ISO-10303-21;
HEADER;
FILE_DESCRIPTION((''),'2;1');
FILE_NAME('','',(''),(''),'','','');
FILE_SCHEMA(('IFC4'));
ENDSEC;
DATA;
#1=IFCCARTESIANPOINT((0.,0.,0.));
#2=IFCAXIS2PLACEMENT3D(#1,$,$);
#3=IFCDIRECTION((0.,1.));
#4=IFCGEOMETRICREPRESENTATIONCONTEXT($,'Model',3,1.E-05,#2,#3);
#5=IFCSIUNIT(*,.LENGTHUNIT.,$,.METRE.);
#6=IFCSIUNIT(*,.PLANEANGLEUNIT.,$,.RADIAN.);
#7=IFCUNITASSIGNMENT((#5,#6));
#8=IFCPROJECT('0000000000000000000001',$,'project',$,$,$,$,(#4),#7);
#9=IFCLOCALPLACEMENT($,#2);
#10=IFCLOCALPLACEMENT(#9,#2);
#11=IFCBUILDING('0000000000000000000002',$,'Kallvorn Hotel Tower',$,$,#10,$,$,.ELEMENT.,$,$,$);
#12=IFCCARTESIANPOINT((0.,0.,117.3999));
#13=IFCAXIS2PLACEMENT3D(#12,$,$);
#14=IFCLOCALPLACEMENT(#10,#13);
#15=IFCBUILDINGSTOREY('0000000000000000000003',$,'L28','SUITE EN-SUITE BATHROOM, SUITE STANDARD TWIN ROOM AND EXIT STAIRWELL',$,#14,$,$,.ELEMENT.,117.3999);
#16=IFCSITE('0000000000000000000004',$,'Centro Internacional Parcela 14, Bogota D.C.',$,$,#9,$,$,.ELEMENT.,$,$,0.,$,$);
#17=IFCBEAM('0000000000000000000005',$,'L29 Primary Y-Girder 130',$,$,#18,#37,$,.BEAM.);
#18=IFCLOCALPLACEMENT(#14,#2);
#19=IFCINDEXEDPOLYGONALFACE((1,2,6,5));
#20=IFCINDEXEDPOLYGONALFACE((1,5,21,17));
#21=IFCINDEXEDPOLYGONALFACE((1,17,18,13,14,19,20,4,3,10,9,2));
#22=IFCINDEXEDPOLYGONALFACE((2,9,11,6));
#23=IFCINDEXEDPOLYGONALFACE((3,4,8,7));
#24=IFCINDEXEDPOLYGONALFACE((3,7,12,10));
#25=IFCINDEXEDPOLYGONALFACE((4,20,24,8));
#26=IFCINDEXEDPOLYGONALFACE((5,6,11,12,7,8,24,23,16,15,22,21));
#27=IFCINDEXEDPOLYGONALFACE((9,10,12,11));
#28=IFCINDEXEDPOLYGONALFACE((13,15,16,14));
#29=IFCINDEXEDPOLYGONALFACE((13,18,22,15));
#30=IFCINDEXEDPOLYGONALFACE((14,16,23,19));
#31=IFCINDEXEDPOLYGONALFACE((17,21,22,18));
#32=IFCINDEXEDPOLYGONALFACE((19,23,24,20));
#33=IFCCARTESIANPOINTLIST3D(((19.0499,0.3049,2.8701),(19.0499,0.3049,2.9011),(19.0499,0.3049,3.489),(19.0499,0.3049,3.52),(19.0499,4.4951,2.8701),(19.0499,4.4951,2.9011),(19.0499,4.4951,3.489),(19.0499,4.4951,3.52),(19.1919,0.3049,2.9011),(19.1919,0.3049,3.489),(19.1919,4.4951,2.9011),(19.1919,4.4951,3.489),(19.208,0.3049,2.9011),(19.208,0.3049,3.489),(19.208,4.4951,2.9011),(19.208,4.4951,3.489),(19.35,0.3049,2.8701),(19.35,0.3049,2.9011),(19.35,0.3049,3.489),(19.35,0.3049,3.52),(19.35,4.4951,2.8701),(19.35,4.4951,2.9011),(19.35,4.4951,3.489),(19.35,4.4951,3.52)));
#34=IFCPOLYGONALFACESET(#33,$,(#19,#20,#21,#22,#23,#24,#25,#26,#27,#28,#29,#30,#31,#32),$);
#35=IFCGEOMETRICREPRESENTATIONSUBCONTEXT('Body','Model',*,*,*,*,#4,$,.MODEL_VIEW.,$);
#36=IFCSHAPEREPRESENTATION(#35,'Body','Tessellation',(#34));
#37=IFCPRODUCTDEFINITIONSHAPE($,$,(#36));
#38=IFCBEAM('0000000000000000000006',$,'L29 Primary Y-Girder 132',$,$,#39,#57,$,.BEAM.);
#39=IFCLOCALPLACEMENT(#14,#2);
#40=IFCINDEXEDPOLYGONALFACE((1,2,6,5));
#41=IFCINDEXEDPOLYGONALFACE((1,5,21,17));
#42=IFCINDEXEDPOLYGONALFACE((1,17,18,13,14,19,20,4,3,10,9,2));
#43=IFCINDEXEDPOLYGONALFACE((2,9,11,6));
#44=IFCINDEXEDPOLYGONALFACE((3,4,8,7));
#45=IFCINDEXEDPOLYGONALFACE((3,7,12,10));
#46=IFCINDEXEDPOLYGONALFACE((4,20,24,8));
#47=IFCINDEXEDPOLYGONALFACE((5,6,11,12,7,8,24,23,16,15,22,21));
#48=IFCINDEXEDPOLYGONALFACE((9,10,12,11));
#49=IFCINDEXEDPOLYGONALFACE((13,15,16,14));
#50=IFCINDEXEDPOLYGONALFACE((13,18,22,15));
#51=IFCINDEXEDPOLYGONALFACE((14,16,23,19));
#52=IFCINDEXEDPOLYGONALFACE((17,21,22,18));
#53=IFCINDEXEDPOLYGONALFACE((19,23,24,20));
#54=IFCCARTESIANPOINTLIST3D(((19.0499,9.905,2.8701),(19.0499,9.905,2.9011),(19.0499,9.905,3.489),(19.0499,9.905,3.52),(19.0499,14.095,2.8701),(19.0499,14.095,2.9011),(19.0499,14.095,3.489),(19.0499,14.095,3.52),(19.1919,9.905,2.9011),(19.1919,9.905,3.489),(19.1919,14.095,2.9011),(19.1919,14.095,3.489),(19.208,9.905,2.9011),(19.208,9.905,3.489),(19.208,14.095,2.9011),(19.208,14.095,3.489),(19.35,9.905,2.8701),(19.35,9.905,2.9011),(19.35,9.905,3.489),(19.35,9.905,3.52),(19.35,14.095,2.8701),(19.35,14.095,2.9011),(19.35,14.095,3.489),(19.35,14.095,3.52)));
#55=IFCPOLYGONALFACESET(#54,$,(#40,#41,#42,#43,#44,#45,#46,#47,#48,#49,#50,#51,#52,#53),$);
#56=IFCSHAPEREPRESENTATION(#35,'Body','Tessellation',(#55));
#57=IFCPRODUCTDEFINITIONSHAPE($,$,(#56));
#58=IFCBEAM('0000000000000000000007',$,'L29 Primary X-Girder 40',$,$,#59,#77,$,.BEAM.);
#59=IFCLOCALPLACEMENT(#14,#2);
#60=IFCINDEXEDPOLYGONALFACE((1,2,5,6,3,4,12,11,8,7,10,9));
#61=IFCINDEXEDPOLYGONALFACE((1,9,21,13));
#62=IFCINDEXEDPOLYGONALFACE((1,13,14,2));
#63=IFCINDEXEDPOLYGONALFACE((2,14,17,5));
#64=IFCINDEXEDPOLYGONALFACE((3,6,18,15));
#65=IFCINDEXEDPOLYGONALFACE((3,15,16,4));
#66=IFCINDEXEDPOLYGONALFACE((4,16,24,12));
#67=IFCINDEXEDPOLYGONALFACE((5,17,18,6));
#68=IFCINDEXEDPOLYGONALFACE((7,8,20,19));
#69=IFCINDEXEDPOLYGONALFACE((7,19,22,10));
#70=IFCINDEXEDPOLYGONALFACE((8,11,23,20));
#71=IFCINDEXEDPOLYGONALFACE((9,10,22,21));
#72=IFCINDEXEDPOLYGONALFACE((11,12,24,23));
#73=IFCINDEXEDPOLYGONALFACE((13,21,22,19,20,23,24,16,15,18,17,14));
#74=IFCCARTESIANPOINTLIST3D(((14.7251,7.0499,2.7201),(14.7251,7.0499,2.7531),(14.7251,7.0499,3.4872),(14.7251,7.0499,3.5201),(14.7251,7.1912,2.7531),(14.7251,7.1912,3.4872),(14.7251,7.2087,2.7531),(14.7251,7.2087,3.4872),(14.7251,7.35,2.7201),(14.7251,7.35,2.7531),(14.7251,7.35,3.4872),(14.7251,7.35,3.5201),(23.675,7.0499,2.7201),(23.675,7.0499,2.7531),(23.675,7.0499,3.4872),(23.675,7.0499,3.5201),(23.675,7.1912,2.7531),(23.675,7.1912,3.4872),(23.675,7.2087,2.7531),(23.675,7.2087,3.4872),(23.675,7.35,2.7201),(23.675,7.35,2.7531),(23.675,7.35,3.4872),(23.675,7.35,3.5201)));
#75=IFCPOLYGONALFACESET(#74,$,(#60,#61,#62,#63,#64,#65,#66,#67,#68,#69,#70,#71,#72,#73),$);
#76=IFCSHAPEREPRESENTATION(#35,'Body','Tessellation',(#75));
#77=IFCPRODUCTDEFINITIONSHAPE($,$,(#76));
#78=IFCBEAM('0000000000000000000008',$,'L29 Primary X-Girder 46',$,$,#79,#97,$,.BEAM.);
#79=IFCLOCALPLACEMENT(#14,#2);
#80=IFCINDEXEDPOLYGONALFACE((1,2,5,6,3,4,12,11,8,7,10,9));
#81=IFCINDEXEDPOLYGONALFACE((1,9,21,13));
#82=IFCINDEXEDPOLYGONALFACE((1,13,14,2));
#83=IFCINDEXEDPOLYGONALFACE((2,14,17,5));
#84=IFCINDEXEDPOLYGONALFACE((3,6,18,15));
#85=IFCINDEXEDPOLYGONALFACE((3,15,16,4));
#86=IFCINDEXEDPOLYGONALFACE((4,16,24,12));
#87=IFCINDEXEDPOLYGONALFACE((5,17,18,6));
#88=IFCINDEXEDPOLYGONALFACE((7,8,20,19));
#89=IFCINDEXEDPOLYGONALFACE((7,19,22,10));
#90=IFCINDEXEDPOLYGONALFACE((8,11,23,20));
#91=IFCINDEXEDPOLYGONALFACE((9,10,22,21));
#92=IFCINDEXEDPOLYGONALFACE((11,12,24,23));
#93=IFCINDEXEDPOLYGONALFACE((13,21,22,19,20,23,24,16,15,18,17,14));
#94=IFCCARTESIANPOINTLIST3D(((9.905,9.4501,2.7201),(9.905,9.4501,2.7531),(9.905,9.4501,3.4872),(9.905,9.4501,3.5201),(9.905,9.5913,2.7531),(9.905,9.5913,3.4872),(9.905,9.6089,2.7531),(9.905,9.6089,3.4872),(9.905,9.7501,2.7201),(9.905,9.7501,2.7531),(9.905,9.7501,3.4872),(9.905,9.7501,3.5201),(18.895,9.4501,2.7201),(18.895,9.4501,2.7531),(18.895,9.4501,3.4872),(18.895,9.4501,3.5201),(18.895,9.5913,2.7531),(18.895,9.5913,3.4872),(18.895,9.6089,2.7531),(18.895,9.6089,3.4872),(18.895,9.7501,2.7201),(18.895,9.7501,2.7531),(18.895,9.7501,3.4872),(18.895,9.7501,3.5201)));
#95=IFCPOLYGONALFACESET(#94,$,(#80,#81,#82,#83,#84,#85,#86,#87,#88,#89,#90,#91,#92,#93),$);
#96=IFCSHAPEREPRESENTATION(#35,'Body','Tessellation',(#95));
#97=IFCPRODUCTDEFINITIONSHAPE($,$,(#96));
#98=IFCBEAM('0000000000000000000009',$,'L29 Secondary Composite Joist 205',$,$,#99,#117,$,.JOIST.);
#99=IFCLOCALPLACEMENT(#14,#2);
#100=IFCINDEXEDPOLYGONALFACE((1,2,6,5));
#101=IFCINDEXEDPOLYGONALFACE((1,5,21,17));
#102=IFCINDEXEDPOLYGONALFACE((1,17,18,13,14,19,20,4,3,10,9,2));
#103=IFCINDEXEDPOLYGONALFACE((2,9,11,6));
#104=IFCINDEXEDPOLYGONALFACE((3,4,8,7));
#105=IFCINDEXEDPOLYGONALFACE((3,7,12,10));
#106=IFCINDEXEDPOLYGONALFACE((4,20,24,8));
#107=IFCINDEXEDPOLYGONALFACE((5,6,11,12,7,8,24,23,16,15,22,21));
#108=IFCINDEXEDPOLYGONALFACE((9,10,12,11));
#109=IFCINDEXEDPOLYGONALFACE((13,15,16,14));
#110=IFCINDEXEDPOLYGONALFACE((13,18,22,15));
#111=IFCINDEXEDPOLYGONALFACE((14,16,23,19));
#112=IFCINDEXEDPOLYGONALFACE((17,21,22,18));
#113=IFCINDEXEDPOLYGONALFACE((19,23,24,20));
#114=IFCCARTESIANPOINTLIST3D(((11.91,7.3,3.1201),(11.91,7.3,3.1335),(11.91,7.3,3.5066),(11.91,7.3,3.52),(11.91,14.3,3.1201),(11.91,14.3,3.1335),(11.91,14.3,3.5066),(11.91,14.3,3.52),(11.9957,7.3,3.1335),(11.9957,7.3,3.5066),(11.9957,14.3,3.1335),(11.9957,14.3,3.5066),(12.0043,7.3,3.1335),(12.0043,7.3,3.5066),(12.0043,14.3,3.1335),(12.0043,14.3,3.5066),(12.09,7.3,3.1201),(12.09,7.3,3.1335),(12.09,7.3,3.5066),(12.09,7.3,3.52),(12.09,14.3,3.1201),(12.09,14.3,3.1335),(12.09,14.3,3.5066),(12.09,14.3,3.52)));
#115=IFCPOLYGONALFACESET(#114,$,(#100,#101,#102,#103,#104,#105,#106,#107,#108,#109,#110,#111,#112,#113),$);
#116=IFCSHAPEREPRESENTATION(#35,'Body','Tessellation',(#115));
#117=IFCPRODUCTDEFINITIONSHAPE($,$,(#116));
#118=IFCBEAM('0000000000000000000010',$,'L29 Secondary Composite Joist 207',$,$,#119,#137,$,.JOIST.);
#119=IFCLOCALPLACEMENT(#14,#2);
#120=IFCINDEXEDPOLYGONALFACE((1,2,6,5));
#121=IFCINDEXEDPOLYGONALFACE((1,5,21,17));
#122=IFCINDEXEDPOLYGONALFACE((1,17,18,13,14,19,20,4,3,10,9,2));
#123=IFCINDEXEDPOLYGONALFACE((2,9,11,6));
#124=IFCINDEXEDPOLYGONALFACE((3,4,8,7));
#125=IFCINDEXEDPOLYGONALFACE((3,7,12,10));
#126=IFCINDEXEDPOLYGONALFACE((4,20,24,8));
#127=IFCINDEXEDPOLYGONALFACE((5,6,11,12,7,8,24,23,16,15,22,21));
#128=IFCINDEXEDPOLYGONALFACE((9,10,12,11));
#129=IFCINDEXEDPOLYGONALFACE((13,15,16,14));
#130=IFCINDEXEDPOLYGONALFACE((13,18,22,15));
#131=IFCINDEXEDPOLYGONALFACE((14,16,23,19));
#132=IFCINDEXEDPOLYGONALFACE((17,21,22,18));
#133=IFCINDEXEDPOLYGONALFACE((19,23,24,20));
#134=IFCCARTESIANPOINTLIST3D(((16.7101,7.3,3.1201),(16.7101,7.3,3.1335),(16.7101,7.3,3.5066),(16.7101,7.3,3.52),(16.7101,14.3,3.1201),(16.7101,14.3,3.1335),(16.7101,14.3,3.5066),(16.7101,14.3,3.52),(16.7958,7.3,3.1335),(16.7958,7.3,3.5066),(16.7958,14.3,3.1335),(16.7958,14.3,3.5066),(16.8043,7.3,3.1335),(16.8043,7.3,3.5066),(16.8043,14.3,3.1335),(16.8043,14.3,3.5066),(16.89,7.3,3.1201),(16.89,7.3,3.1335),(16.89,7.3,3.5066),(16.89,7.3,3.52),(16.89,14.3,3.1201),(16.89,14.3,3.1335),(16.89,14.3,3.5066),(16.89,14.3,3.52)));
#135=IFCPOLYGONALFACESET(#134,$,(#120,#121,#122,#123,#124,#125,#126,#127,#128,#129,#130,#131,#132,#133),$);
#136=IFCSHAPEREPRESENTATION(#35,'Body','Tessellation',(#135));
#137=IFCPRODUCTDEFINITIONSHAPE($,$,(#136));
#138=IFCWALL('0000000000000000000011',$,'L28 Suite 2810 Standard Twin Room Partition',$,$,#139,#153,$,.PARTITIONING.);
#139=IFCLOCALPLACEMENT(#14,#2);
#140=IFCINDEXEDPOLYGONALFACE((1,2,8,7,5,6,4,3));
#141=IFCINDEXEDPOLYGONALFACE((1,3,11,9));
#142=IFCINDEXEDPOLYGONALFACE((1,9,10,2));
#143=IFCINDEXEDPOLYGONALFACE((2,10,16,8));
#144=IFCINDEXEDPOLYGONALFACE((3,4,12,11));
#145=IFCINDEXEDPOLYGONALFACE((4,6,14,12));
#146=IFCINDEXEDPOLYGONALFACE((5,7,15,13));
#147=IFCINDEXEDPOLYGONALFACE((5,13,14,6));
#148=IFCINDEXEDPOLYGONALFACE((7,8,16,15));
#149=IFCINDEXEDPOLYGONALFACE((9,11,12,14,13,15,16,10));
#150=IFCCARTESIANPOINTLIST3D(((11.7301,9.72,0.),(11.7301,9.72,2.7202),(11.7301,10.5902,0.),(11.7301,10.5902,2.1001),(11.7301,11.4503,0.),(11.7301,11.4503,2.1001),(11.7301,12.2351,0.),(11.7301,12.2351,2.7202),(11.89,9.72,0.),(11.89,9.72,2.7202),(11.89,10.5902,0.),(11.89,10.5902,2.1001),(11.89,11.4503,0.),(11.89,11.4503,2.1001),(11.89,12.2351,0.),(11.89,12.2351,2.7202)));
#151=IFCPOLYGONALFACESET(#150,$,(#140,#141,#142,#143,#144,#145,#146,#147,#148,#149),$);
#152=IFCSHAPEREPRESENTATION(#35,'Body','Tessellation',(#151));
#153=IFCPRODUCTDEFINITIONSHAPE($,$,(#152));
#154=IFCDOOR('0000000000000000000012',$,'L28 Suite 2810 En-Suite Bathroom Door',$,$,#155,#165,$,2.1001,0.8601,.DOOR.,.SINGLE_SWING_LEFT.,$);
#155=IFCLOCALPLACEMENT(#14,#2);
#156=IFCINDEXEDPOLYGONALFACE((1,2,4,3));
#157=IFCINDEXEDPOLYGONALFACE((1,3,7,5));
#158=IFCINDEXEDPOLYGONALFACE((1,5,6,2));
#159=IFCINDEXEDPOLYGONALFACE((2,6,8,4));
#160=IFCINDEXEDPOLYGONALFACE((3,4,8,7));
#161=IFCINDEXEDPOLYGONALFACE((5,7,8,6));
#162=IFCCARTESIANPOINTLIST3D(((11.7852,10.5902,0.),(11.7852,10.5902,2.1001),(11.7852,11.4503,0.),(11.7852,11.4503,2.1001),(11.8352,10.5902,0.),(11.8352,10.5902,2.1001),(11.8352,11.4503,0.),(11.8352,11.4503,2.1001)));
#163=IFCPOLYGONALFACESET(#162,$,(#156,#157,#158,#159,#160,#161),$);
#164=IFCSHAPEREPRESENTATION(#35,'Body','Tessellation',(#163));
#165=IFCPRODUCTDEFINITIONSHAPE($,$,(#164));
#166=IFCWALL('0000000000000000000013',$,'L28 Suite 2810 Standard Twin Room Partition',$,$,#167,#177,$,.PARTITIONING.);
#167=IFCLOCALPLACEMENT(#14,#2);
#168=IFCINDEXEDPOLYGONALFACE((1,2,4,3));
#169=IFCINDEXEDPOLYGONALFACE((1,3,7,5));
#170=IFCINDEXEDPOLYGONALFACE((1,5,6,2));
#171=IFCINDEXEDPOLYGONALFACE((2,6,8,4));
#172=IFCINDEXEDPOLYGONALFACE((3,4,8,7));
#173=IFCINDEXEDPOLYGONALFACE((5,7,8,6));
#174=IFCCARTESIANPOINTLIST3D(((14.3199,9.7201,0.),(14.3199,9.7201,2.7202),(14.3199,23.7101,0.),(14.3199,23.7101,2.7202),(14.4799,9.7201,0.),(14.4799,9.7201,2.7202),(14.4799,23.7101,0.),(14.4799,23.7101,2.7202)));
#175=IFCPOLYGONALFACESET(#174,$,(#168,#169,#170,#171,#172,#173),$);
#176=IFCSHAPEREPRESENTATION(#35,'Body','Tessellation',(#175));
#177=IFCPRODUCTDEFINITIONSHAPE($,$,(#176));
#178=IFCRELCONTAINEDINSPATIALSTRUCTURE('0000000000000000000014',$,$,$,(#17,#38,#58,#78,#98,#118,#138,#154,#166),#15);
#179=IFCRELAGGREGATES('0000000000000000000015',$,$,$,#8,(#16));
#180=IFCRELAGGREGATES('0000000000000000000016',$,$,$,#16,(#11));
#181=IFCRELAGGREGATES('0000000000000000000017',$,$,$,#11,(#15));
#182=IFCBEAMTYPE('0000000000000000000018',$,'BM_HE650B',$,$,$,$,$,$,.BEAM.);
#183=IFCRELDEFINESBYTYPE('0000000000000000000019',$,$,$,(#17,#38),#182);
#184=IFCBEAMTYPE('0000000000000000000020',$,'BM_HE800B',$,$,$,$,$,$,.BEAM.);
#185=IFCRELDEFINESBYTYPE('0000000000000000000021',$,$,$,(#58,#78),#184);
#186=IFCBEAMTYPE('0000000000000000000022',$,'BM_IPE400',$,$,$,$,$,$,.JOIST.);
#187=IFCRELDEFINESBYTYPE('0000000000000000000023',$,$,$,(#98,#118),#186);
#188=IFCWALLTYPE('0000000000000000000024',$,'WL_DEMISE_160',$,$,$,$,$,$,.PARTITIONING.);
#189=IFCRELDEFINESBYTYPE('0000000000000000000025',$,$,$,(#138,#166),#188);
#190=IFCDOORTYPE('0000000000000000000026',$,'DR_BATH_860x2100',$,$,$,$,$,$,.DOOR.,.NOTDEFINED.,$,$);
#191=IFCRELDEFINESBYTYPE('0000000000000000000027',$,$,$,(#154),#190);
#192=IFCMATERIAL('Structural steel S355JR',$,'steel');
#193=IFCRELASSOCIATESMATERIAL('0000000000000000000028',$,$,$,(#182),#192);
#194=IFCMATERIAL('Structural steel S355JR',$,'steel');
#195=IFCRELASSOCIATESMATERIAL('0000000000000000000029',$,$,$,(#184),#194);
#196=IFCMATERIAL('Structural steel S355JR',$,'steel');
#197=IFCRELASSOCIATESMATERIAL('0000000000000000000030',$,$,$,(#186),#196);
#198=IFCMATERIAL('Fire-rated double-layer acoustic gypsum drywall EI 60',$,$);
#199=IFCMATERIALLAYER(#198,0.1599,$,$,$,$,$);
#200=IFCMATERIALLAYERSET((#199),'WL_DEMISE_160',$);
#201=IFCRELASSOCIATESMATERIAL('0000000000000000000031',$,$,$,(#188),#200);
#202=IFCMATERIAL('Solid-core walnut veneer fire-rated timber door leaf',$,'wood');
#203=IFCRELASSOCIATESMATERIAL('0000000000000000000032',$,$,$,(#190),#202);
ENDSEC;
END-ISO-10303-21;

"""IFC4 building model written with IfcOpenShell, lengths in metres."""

from ifc_helpers import new_model, si_unit, direction, frame, frame_2d, origin, origin_2d, place, context, subcontext, project, spatial, rectangle, i_section, extrude, material, layer, layer_set, material_profile, profile_set, type_object, element, fill, save


model = new_model("IFC4")

# Units and contexts
model_context = context("Model", 3, precision=1e-05, world=origin(), true_north=direction((0.0, 1.0)))
body_context = subcontext(model_context, "Body", "Model", "MODEL_VIEW")
ifc_project = project(units=[si_unit("LENGTHUNIT", "METRE"), si_unit("PLANEANGLEUNIT", "RADIAN")], contexts=[model_context])

# Site, building, storey
site_placement = place(None, origin())
site = spatial("IfcSite", under=ifc_project, at=site_placement, Name="Centro Internacional Parcela 14, Bogota D.C.", CompositionType="ELEMENT", RefElevation=0.0)
building_placement = place(site_placement, origin())
building = spatial("IfcBuilding", under=site, at=building_placement, Name="Kallvorn Hotel Tower", CompositionType="ELEMENT")
storey_placement = place(building_placement, frame((0.0, 0.0, 117.3999)))
storey = spatial("IfcBuildingStorey", under=building, at=storey_placement, Name="L28", Description="SUITE EN-SUITE BATHROOM, SUITE STANDARD TWIN ROOM AND EXIT STAIRWELL", CompositionType="ELEMENT", Elevation=117.3999)

# Beams
ifc_material_1 = material(Name="Structural steel S355JR", Category="steel")
ifc_material_profile_1 = material_profile(ifc_material_1, i_section(OverallWidth=0.3, OverallDepth=0.6499, WebThickness=0.0161, FlangeThickness=0.031, at=origin_2d()), Name="HE 650 B")
ifc_profile_set_1 = profile_set([ifc_material_profile_1], Name="Structural steel S355JR")
beam_type_1 = type_object("IfcBeamType", Name="BM_HE650B", PredefinedType="BEAM", material=ifc_profile_set_1)
beam_1_placement = place(storey_placement, frame((19.2, 0.3049, 3.1951), z_axis=(0.0, 1.0, 0.0), x_axis=(-1.0, 0.0, 0.0)))
element("IfcBeam", 1, at=beam_1_placement, inside=storey, type_object=beam_type_1, Name="L29 Primary Y-Girder 130", PredefinedType="BEAM", context=body_context, shape_type="SweptSolid", body=[
    extrude(i_section(OverallWidth=0.3, OverallDepth=0.6499, WebThickness=0.0161, FlangeThickness=0.031, at=origin_2d()), origin(), (0.0, 0.0, 1.0), 4.1902),
])
beam_2_placement = place(storey_placement, frame((19.2, 9.905, 3.1951), z_axis=(0.0, 1.0, 0.0), x_axis=(-1.0, 0.0, 0.0)))
element("IfcBeam", 2, at=beam_2_placement, inside=storey, type_object=beam_type_1, Name="L29 Primary Y-Girder 132", PredefinedType="BEAM", context=body_context, shape_type="SweptSolid", body=[
    extrude(i_section(OverallWidth=0.3, OverallDepth=0.6499, WebThickness=0.0161, FlangeThickness=0.031, at=origin_2d()), origin(), (0.0, 0.0, 1.0), 4.1899),
])
ifc_material_2 = material(Name="Structural steel S355JR", Category="steel")
ifc_material_profile_2 = material_profile(ifc_material_2, i_section(OverallWidth=0.3, OverallDepth=0.8, WebThickness=0.0176, FlangeThickness=0.033, at=origin_2d()), Name="HE 800 B")
ifc_profile_set_2 = profile_set([ifc_material_profile_2], Name="Structural steel S355JR")
beam_type_2 = type_object("IfcBeamType", Name="BM_HE800B", PredefinedType="BEAM", material=ifc_profile_set_2)
beam_3_placement = place(storey_placement, frame((14.7251, 7.2, 3.1201), z_axis=(1.0, 0.0, 0.0), x_axis=(0.0, 1.0, 0.0)))
element("IfcBeam", 3, at=beam_3_placement, inside=storey, type_object=beam_type_2, Name="L29 Primary X-Girder 40", PredefinedType="BEAM", context=body_context, shape_type="SweptSolid", body=[
    extrude(i_section(OverallWidth=0.3, OverallDepth=0.8, WebThickness=0.0176, FlangeThickness=0.033, at=origin_2d()), origin(), (0.0, 0.0, 1.0), 8.95),
])
beam_4_placement = place(storey_placement, frame((9.905, 9.6001, 3.1201), z_axis=(1.0, 0.0, 0.0), x_axis=(0.0, 1.0, 0.0)))
element("IfcBeam", 4, at=beam_4_placement, inside=storey, type_object=beam_type_2, Name="L29 Primary X-Girder 46", PredefinedType="BEAM", context=body_context, shape_type="SweptSolid", body=[
    extrude(i_section(OverallWidth=0.3, OverallDepth=0.8, WebThickness=0.0176, FlangeThickness=0.033, at=origin_2d()), origin(), (0.0, 0.0, 1.0), 8.99),
])
ifc_material_3 = material(Name="Structural steel S355JR", Category="steel")
ifc_material_profile_3 = material_profile(ifc_material_3, i_section(OverallWidth=0.1799, OverallDepth=0.3999, WebThickness=0.0085, FlangeThickness=0.0134, at=origin_2d()), Name="IPE 400")
ifc_profile_set_3 = profile_set([ifc_material_profile_3], Name="Structural steel S355JR")
beam_type_3 = type_object("IfcBeamType", Name="BM_IPE400", PredefinedType="JOIST", material=ifc_profile_set_3)
for number, where, z_axis, x_axis, name in (
    (5, (12.0, 7.3, 3.3201), (0.0, 1.0, 0.0), (-1.0, 0.0, 0.0), "L29 Secondary Composite Joist 205"),
    (6, (16.8, 7.3, 3.3201), (0.0, 1.0, 0.0), (-1.0, 0.0, 0.0), "L29 Secondary Composite Joist 207"),
):
    element("IfcBeam", number, at=place(storey_placement, frame(where, z_axis=z_axis, x_axis=x_axis)), inside=storey, type_object=beam_type_3, Name=name, PredefinedType="JOIST", context=body_context, shape_type="SweptSolid", body=[
        extrude(i_section(OverallWidth=0.1799, OverallDepth=0.3999, WebThickness=0.0085, FlangeThickness=0.0134, at=origin_2d()), origin(), (0.0, 0.0, 1.0), 7.0),
    ])

# Wall, opening, door
ifc_material_4 = material(Name="Fire-rated double-layer acoustic gypsum drywall EI 60")
ifc_layer_1 = layer(ifc_material_4, 0.1599)
ifc_layer_set_1 = layer_set([ifc_layer_1], Name="WL_DEMISE_160")
wall_type_1 = type_object("IfcWallType", Name="WL_DEMISE_160", PredefinedType="PARTITIONING", material=ifc_layer_set_1)
wall_1_placement = place(storey_placement, frame((11.8101, 9.72, 0.0), z_axis=(0.0, 0.0, 1.0), x_axis=(0.0, 1.0, 0.0)))
wall_1 = element("IfcWall", 7, at=wall_1_placement, inside=storey, type_object=wall_type_1, Name="L28 Suite 2810 Standard Twin Room Partition", PredefinedType="PARTITIONING", context=body_context, shape_type="SweptSolid", body=[
    extrude(rectangle(XDim=2.5151, YDim=0.1599, at=frame_2d((1.2576, 0.0))), origin(), (0.0, 0.0, 1.0), 2.7202),
])
opening_1_placement = place(wall_1_placement, frame((0.8701, 0.0, 0.0)))
opening_1 = element("IfcOpeningElement", 8, at=opening_1_placement, cuts=wall_1, PredefinedType="OPENING", context=body_context, shape_type="SweptSolid", body=[
    extrude(rectangle(XDim=0.8601, YDim=2.1001, at=frame_2d((0.4302, 1.05))), frame((0.0, 0.095, 0.0), z_axis=(0.0, -1.0, 0.0), x_axis=(1.0, 0.0, 0.0)), (0.0, 0.0, 1.0), 0.1899),
])
ifc_material_5 = material(Name="Solid-core walnut veneer fire-rated timber door leaf", Category="wood")
door_type_1 = type_object("IfcDoorType", Name="DR_BATH_860x2100", OperationType="NOTDEFINED", PredefinedType="DOOR", material=ifc_material_5)
door_1_placement = place(opening_1_placement, origin())
door_1 = element("IfcDoor", 9, at=door_1_placement, inside=storey, type_object=door_type_1, Name="L28 Suite 2810 En-Suite Bathroom Door", OperationType="SINGLE_SWING_LEFT", OverallHeight=2.1001, OverallWidth=0.8601, PredefinedType="DOOR", context=body_context, shape_type="SweptSolid", body=[
    extrude(rectangle(XDim=0.8601, YDim=2.1001, at=frame_2d((0.4302, 1.05))), frame((0.0, 0.0249, 0.0), z_axis=(0.0, -1.0, 0.0), x_axis=(1.0, 0.0, 0.0)), (0.0, 0.0, 1.0), 0.05),
])
fill(opening_1, door_1)

# Wall
wall_2_placement = place(storey_placement, frame((14.3999, 9.72, 0.0), z_axis=(0.0, 0.0, 1.0), x_axis=(0.0, 1.0, 0.0)))
element("IfcWall", 10, at=wall_2_placement, inside=storey, type_object=wall_type_1, Name="L28 Suite 2810 Standard Twin Room Partition", PredefinedType="PARTITIONING", context=body_context, shape_type="SweptSolid", body=[
    extrude(rectangle(XDim=13.99, YDim=0.1599, at=frame_2d((6.9951, 0.0))), origin(), (0.0, 0.0, 1.0), 2.7202),
])

save(model, "model.ifc")
